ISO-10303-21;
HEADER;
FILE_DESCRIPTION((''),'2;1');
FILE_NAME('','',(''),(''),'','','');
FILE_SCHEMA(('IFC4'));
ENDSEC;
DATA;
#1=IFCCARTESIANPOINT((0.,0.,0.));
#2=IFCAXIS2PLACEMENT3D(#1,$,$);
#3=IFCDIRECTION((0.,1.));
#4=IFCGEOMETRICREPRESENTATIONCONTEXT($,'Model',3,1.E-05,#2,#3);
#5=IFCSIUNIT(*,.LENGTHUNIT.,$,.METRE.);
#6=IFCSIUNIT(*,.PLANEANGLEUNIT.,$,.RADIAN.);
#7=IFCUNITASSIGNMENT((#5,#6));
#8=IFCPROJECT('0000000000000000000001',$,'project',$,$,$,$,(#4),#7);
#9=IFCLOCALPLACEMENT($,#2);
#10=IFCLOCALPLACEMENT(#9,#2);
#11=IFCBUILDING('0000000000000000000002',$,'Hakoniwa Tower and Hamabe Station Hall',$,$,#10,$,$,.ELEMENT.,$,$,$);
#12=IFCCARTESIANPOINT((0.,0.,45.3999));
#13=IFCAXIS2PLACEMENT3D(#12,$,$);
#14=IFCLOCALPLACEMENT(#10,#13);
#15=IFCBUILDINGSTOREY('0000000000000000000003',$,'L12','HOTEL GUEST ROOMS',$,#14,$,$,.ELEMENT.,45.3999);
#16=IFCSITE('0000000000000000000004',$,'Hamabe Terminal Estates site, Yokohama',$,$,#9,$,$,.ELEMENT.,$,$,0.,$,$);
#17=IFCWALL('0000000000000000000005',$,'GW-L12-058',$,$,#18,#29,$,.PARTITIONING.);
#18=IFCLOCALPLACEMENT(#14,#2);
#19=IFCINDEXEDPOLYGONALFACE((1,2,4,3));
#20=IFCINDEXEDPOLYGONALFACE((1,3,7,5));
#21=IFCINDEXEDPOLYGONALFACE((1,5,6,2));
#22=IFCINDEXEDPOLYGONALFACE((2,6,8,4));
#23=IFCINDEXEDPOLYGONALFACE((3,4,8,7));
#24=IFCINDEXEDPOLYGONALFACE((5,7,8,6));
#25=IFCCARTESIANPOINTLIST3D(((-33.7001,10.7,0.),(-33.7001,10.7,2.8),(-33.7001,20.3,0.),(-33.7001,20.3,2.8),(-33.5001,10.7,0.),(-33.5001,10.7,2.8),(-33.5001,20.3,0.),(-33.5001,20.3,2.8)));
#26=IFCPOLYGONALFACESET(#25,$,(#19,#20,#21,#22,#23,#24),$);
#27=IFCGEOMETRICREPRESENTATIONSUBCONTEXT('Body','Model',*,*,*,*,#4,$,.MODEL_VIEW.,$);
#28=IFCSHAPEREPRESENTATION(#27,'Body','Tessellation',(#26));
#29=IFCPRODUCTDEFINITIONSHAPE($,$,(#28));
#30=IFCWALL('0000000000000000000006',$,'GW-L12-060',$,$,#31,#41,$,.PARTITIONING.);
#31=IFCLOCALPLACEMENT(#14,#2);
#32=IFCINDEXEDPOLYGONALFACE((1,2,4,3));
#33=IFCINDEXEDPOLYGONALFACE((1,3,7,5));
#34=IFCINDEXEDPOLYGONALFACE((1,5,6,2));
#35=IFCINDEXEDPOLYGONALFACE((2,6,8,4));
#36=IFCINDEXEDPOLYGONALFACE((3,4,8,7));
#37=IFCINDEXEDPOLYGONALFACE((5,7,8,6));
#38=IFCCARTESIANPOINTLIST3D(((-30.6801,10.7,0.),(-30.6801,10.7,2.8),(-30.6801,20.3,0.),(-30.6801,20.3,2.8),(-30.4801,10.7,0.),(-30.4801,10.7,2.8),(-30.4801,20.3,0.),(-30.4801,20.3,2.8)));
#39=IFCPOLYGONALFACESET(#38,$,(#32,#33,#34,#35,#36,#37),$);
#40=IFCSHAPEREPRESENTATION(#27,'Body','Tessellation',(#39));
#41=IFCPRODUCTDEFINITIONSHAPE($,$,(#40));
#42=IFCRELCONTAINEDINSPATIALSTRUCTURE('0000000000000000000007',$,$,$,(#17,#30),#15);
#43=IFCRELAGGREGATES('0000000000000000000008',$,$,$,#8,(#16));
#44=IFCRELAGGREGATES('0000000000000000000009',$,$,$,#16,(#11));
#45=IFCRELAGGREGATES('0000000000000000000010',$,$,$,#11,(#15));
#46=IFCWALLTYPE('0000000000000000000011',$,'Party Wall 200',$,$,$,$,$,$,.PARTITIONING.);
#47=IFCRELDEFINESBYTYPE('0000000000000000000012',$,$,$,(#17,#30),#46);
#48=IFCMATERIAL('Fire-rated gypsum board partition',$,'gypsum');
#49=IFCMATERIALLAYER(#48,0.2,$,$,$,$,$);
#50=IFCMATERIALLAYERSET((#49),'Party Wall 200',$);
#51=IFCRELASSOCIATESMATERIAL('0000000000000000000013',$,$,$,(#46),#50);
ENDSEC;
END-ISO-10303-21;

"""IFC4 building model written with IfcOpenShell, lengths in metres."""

from ifc_helpers import new_model, si_unit, direction, frame, frame_2d, origin, place, context, subcontext, project, spatial, rectangle, extrude, material, layer, layer_set, type_object, element, save


model = new_model("IFC4")

# Units and contexts
model_context = context("Model", 3, precision=1e-05, world=origin(), true_north=direction((0.0, 1.0)))
body_context = subcontext(model_context, "Body", "Model", "MODEL_VIEW")
ifc_project = project(units=[si_unit("LENGTHUNIT", "METRE"), si_unit("PLANEANGLEUNIT", "RADIAN")], contexts=[model_context])

# Site, building, storey
site_placement = place(None, origin())
site = spatial("IfcSite", under=ifc_project, at=site_placement, Name="Hamabe Terminal Estates site, Yokohama", CompositionType="ELEMENT", RefElevation=0.0)
building_placement = place(site_placement, origin())
building = spatial("IfcBuilding", under=site, at=building_placement, Name="Hakoniwa Tower and Hamabe Station Hall", CompositionType="ELEMENT")
storey_placement = place(building_placement, frame((0.0, 0.0, 45.3999)))
storey = spatial("IfcBuildingStorey", under=building, at=storey_placement, Name="L12", Description="HOTEL GUEST ROOMS", CompositionType="ELEMENT", Elevation=45.3999)

# Walls
ifc_material_1 = material(Name="Fire-rated gypsum board partition", Category="gypsum")
ifc_layer_1 = layer(ifc_material_1, 0.2)
ifc_layer_set_1 = layer_set([ifc_layer_1], Name="Party Wall 200")
wall_type_1 = type_object("IfcWallType", Name="Party Wall 200", PredefinedType="PARTITIONING", material=ifc_layer_set_1)
for number, where, z_axis, x_axis, name in (
    (1, (-33.6001, 10.7, 0.0), (0.0, 0.0, 1.0), (0.0, 1.0, 0.0), "GW-L12-058"),
    (2, (-30.5801, 10.7, 0.0), (0.0, 0.0, 1.0), (0.0, 1.0, 0.0), "GW-L12-060"),
):
    element("IfcWall", number, at=place(storey_placement, frame(where, z_axis=z_axis, x_axis=x_axis)), inside=storey, type_object=wall_type_1, Name=name, PredefinedType="PARTITIONING", context=body_context, shape_type="SweptSolid", body=[
        extrude(rectangle(XDim=9.6001, YDim=0.2, at=frame_2d((4.8, 0.0))), origin(), (0.0, 0.0, 1.0), 2.8),
    ])

save(model, "model.ifc")
